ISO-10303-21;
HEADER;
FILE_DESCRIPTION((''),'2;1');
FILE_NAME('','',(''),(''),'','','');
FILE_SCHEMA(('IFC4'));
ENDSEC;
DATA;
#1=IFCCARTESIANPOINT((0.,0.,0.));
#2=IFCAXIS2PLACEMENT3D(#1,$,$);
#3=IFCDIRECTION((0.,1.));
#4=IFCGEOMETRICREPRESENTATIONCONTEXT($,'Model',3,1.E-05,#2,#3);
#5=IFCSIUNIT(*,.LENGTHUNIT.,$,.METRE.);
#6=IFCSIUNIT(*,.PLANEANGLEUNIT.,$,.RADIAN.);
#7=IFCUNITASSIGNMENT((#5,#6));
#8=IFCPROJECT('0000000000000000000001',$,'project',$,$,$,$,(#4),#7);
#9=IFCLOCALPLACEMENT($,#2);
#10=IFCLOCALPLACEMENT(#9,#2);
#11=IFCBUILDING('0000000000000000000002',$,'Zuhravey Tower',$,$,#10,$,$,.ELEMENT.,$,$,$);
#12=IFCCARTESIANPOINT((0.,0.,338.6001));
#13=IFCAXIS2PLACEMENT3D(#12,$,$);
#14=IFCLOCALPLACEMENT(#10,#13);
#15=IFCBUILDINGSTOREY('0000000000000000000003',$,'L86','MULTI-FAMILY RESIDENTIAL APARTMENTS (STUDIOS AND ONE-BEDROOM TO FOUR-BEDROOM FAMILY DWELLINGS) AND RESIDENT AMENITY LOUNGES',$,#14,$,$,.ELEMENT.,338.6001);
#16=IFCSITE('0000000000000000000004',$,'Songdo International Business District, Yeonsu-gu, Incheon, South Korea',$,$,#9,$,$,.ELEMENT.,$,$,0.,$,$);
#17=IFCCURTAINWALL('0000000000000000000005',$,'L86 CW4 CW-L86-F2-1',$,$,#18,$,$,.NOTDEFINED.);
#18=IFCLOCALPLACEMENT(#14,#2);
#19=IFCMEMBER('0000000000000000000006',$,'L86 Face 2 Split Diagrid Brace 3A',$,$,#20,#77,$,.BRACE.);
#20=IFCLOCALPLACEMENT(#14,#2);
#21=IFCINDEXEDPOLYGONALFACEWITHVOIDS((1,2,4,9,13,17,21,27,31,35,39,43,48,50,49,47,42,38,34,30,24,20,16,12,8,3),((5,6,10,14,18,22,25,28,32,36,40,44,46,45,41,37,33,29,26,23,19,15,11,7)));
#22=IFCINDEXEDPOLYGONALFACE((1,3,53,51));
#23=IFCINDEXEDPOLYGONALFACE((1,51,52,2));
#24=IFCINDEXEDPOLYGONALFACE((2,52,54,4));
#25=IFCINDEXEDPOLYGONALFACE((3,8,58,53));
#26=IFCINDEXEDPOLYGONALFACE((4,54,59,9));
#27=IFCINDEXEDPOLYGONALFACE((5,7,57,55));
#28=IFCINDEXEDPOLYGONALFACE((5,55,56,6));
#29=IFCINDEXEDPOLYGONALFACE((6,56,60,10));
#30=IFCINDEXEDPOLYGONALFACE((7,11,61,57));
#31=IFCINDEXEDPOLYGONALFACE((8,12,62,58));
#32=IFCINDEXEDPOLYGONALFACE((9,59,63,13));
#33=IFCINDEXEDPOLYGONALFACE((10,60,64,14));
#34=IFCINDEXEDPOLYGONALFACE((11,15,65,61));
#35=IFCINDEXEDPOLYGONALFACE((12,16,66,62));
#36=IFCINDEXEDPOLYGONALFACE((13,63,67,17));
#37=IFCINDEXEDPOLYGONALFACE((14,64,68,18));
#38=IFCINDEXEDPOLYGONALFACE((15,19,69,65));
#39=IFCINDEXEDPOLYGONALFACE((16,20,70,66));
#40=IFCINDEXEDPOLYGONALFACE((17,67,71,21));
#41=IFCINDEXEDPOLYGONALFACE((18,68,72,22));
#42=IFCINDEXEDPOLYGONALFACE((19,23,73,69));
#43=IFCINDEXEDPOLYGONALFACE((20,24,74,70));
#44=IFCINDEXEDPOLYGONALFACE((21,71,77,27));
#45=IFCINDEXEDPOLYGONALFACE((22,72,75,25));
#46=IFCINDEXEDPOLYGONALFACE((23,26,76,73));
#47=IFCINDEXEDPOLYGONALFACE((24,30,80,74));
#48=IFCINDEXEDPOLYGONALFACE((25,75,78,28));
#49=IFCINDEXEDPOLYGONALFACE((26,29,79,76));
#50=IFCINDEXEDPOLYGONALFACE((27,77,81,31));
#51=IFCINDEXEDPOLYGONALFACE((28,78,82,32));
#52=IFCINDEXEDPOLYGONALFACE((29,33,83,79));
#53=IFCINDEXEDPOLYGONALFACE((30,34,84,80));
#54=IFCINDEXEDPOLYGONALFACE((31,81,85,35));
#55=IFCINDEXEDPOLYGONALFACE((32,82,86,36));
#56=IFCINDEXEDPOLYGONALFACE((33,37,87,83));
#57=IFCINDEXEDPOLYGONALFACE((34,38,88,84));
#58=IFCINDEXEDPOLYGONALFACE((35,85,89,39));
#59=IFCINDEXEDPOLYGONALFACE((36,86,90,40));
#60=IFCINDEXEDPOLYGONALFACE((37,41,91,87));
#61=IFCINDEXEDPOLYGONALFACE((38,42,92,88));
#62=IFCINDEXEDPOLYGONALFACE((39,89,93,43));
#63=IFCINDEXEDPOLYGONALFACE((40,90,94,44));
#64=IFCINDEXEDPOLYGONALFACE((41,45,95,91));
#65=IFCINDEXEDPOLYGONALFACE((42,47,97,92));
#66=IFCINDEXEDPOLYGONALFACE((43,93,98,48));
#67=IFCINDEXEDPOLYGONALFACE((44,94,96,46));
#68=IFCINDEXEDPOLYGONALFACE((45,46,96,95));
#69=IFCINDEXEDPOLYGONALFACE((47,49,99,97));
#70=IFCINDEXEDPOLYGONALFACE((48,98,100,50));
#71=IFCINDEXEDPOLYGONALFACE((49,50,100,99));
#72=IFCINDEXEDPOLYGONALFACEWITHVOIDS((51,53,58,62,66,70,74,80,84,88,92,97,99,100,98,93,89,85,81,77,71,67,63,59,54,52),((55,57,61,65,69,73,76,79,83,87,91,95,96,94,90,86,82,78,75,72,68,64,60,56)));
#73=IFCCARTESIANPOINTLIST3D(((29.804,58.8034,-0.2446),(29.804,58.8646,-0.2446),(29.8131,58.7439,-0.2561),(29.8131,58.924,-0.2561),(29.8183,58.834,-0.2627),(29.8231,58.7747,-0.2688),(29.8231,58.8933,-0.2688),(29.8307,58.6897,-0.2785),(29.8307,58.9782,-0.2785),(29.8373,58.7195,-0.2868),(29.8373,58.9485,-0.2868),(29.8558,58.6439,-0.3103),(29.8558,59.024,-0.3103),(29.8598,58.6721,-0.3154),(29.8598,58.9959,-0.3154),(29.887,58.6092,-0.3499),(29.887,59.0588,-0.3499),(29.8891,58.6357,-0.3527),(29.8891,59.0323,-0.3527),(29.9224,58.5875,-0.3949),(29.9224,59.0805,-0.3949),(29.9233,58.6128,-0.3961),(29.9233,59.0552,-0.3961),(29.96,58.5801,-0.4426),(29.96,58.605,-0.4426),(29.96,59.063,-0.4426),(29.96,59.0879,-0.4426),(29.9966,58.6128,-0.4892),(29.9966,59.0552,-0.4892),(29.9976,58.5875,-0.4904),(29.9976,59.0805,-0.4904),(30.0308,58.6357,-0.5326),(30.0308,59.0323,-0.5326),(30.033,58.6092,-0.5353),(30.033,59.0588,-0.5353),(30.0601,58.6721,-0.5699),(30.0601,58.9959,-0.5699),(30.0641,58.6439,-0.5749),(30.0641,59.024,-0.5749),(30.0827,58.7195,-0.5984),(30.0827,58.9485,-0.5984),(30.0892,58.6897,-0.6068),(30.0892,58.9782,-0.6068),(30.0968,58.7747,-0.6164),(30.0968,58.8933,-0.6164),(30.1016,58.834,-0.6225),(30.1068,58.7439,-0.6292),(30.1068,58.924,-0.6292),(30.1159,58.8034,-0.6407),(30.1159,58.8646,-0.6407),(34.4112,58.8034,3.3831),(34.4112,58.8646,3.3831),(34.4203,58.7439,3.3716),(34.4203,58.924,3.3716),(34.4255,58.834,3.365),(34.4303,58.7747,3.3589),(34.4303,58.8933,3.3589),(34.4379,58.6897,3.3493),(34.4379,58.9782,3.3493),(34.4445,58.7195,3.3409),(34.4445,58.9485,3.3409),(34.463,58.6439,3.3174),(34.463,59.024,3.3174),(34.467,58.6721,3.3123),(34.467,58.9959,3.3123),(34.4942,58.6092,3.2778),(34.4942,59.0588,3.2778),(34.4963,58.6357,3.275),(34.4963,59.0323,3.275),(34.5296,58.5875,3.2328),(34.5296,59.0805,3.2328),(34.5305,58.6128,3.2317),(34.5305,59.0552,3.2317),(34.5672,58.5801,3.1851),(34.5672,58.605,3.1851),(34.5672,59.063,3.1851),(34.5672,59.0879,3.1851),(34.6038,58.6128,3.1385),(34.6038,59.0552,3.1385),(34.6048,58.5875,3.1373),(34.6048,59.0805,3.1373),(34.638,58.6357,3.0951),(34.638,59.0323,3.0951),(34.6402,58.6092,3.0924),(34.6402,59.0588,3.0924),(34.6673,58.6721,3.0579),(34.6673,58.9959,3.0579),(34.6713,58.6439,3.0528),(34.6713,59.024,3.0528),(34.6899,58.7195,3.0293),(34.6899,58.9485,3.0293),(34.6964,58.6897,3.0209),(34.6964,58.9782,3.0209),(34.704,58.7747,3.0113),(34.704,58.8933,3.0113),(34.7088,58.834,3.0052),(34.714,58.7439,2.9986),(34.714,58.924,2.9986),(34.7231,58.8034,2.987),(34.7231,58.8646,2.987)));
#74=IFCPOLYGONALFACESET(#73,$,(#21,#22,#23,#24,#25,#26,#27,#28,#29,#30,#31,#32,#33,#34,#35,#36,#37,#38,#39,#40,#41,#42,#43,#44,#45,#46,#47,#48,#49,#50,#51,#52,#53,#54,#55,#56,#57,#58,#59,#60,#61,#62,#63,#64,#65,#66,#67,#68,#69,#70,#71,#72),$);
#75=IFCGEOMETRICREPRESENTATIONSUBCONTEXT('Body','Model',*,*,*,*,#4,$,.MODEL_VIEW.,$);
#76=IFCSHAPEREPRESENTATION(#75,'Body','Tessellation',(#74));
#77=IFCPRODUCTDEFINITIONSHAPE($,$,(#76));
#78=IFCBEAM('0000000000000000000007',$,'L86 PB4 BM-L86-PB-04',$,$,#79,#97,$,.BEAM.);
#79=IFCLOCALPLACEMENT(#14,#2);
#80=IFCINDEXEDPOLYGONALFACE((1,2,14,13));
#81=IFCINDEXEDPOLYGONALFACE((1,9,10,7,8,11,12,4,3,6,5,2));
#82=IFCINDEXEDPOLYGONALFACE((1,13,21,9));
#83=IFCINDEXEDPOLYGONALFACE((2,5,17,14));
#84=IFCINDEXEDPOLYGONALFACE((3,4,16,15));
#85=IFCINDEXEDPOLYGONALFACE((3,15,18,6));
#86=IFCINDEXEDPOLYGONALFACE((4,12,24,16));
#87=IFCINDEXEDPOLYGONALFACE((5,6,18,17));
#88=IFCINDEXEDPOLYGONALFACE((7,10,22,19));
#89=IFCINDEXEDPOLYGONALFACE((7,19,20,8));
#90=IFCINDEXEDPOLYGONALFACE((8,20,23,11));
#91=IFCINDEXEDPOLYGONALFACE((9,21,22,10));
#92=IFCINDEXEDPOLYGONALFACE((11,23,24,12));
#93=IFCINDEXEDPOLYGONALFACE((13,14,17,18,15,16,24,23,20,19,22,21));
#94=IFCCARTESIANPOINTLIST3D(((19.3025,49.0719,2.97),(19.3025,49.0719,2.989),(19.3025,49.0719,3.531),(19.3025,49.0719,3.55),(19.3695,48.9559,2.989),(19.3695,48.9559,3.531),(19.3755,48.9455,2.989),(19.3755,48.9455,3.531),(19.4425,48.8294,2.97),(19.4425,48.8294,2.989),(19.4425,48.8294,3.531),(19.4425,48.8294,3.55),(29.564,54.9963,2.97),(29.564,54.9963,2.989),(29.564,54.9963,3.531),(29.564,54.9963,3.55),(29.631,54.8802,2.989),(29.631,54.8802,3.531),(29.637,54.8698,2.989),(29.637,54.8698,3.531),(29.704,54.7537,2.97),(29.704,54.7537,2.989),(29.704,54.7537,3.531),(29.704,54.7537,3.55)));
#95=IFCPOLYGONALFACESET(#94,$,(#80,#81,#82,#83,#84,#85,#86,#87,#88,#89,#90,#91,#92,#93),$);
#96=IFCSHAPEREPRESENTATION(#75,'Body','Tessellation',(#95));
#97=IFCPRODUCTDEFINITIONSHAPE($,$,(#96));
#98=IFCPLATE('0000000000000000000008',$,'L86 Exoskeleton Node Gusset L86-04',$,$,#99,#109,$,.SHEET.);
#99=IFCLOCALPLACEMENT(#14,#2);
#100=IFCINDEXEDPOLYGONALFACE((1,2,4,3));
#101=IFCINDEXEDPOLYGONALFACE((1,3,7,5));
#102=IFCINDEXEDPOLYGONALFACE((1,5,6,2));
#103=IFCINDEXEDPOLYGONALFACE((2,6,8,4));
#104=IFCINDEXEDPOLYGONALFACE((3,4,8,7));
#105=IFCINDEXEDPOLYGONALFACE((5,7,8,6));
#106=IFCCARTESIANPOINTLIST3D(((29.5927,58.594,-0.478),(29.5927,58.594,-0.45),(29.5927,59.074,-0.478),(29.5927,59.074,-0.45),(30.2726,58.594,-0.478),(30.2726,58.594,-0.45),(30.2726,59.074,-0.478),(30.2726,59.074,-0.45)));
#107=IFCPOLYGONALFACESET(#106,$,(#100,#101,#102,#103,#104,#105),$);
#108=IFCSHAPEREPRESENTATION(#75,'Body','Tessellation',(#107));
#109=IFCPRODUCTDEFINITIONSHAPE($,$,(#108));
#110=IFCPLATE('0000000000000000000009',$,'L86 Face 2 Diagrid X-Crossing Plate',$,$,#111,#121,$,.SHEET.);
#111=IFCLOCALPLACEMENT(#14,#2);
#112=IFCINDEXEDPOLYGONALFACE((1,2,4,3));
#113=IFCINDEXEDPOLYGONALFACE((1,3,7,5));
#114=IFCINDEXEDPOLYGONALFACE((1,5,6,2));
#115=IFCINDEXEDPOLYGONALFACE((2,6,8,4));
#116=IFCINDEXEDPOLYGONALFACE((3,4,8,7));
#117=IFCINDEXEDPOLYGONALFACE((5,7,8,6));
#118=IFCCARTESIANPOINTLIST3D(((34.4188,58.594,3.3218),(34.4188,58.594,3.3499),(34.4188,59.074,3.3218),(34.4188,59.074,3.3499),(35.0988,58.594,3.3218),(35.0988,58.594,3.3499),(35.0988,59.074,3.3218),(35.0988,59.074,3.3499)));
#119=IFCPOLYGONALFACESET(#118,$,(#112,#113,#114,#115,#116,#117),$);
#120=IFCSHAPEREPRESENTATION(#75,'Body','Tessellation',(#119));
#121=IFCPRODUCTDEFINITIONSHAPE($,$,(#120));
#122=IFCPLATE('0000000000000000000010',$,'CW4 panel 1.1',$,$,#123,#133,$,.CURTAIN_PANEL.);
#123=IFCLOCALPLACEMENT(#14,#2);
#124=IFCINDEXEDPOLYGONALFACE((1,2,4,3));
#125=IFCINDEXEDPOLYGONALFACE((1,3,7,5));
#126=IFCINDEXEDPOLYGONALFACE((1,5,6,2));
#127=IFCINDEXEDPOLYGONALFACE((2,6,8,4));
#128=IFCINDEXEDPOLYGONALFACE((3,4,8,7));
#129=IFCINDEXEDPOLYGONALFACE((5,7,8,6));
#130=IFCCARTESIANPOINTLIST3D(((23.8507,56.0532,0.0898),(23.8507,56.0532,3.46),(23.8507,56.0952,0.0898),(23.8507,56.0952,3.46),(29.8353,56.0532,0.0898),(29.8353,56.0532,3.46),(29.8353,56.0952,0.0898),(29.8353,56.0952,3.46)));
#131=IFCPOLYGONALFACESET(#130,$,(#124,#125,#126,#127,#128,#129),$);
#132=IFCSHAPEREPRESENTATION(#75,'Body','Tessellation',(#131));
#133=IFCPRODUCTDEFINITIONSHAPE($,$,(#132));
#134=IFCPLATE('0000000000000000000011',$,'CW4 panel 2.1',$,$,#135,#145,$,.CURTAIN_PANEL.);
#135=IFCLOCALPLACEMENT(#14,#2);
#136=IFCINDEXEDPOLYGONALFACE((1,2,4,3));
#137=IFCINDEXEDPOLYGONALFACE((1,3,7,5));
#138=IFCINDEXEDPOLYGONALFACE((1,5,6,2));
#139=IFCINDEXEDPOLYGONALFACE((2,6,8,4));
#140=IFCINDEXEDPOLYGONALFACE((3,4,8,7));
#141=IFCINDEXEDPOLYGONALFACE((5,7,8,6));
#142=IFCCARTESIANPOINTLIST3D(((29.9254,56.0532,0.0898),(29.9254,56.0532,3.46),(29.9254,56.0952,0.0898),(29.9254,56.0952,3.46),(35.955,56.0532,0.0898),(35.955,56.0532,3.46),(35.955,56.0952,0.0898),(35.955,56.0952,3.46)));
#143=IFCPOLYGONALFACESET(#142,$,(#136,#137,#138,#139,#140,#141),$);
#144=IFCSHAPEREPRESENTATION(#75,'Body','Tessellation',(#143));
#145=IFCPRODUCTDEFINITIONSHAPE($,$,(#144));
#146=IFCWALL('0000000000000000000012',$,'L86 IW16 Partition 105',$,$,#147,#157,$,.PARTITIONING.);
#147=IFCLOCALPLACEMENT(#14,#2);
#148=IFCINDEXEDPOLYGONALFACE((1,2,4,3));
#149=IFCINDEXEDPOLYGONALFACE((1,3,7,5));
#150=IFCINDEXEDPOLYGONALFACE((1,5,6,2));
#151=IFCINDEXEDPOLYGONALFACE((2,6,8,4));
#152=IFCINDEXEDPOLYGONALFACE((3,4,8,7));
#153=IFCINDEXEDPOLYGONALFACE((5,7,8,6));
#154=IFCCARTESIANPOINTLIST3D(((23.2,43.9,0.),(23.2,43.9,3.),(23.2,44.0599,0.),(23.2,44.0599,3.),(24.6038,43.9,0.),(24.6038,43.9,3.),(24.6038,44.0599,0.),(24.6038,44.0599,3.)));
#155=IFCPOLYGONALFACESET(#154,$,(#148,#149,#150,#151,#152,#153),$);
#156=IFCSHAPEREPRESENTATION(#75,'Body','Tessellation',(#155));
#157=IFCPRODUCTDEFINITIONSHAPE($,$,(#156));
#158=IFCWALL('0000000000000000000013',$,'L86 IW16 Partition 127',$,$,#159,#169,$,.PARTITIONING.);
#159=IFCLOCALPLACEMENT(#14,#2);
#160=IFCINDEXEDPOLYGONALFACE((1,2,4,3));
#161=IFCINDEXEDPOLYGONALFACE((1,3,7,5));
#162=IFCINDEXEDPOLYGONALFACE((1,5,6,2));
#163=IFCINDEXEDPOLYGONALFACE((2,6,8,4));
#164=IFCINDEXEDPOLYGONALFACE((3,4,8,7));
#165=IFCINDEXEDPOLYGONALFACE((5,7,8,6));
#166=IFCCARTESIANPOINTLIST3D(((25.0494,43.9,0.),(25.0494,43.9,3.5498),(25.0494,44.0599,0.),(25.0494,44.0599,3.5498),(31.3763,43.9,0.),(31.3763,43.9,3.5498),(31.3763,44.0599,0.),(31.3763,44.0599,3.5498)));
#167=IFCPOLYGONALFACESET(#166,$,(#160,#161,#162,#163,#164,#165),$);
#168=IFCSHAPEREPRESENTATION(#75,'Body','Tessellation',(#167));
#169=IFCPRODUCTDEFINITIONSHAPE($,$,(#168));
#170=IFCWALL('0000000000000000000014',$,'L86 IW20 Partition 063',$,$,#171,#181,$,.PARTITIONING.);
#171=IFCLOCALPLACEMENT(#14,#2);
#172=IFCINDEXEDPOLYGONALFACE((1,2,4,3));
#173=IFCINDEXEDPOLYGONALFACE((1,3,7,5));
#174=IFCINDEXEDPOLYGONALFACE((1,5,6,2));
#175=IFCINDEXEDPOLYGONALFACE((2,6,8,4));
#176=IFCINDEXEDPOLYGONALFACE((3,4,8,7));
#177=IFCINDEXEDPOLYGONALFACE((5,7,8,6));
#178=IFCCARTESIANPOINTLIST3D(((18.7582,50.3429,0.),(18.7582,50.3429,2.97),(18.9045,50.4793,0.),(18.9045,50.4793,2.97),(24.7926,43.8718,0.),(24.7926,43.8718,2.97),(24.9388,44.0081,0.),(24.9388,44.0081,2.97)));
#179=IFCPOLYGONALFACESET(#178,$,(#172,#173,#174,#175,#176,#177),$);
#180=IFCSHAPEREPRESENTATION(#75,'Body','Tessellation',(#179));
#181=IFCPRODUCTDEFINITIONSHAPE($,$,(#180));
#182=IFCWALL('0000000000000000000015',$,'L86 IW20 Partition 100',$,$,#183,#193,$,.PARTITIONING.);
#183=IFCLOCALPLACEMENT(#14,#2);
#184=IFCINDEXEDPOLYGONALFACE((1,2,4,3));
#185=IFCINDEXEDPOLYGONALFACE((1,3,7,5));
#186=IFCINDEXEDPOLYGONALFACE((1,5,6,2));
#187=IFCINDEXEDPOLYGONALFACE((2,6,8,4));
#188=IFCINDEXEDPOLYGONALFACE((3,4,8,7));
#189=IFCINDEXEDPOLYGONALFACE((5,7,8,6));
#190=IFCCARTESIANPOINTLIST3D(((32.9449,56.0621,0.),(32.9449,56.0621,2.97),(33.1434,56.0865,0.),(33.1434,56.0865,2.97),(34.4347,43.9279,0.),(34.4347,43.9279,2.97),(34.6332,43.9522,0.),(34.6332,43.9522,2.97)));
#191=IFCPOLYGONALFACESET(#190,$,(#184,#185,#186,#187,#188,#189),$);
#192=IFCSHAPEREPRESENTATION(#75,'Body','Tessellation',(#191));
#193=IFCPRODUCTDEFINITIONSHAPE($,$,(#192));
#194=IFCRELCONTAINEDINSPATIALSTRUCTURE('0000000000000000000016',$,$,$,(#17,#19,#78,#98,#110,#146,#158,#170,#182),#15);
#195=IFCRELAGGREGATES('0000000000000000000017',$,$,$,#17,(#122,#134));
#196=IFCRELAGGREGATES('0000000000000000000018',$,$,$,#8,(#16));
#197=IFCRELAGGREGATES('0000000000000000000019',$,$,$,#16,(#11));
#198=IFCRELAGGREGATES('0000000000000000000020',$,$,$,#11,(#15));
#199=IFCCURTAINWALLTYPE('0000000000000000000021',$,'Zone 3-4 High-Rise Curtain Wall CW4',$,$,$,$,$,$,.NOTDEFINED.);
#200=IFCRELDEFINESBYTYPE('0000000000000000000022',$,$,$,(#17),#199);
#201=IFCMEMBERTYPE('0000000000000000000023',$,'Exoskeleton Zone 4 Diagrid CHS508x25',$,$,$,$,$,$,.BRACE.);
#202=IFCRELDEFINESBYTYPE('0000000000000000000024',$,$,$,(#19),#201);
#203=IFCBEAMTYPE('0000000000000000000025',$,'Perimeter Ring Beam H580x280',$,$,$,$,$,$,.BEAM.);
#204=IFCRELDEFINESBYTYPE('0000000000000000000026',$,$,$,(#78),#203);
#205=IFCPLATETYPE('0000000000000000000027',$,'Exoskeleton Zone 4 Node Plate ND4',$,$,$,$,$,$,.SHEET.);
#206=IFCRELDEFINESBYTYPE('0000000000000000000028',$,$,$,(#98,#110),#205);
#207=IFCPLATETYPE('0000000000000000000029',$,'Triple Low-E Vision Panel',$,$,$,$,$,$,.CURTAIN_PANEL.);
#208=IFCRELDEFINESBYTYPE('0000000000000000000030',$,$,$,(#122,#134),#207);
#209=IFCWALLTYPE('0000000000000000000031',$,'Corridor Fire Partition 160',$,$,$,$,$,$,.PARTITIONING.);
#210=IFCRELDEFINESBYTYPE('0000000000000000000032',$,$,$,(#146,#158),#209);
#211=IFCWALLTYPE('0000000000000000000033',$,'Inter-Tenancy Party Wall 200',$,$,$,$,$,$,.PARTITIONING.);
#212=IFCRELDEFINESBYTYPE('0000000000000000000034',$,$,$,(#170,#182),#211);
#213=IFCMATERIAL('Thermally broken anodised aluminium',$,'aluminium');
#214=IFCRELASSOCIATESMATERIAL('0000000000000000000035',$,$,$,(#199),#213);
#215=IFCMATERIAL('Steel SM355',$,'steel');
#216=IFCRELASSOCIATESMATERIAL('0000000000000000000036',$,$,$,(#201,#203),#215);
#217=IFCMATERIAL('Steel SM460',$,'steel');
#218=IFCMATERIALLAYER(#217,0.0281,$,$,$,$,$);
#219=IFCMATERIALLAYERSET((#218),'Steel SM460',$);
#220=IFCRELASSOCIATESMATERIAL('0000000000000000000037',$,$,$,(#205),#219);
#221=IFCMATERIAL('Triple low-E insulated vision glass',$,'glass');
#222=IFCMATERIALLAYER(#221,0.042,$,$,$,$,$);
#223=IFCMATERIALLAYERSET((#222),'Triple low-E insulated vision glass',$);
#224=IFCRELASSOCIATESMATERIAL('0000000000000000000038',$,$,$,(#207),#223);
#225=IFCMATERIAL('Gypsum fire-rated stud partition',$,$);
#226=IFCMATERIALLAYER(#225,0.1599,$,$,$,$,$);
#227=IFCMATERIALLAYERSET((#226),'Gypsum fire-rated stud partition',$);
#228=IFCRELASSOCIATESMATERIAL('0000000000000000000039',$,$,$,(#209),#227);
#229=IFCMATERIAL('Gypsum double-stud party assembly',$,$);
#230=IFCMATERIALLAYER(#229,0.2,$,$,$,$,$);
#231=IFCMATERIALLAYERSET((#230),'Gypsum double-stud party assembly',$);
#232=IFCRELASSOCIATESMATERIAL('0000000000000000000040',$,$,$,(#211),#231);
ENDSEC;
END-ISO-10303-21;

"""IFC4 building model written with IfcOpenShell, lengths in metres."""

from ifc_helpers import new_model, si_unit, direction, frame, frame_2d, origin, origin_2d, place, context, subcontext, project, spatial, rectangle, hollow_circle, i_section, extrude, material, layer, layer_set, material_profile, profile_set, type_object, element, aggregate, save


model = new_model("IFC4")

# Units and contexts
model_context = context("Model", 3, precision=1e-05, world=origin(), true_north=direction((0.0, 1.0)))
body_context = subcontext(model_context, "Body", "Model", "MODEL_VIEW")
ifc_project = project(units=[si_unit("LENGTHUNIT", "METRE"), si_unit("PLANEANGLEUNIT", "RADIAN")], contexts=[model_context])

# Site, building, storey
site_placement = place(None, origin())
site = spatial("IfcSite", under=ifc_project, at=site_placement, Name="Songdo International Business District, Yeonsu-gu, Incheon, South Korea", CompositionType="ELEMENT", RefElevation=0.0)
building_placement = place(site_placement, origin())
building = spatial("IfcBuilding", under=site, at=building_placement, Name="Zuhravey Tower", CompositionType="ELEMENT")
storey_placement = place(building_placement, frame((0.0, 0.0, 338.6001)))
storey = spatial("IfcBuildingStorey", under=building, at=storey_placement, Name="L86", Description="MULTI-FAMILY RESIDENTIAL APARTMENTS (STUDIOS AND ONE-BEDROOM TO FOUR-BEDROOM FAMILY DWELLINGS) AND RESIDENT AMENITY LOUNGES", CompositionType="ELEMENT", Elevation=338.6001)

# Curtain wall
ifc_material_1 = material(Name="Thermally broken anodised aluminium", Category="aluminium")
curtain_wall_type = type_object("IfcCurtainWallType", Name="Zone 3-4 High-Rise Curtain Wall CW4", PredefinedType="NOTDEFINED", material=ifc_material_1)
curtain_wall_placement = place(storey_placement, origin())
curtain_wall = element("IfcCurtainWall", 1, at=curtain_wall_placement, inside=storey, type_object=curtain_wall_type, Name="L86 CW4 CW-L86-F2-1", PredefinedType="NOTDEFINED")

# Member
ifc_material_2 = material(Name="Steel SM355", Category="steel")
ifc_material_profile_1 = material_profile(ifc_material_2, hollow_circle(Radius=0.2539, WallThickness=0.0249, at=origin_2d()), Name="CHS-508.0x25")
ifc_profile_set_1 = profile_set([ifc_material_profile_1], Name="Steel SM355")
member_type_1 = type_object("IfcMemberType", Name="Exoskeleton Zone 4 Diagrid CHS508x25", PredefinedType="BRACE", material=ifc_profile_set_1)
member_1_placement = place(storey_placement, frame((29.96, 58.834, -0.4426), z_axis=(0.785675, 0.0, 0.618639), x_axis=(0.0, 1.0, 0.0)))
element("IfcMember", 2, at=member_1_placement, inside=storey, type_object=member_type_1, Name="L86 Face 2 Split Diagrid Brace 3A", PredefinedType="BRACE", context=body_context, shape_type="SweptSolid", body=[
    extrude(hollow_circle(Radius=0.2539, WallThickness=0.0249, at=origin_2d()), origin(), (0.0, 0.0, 1.0), 5.864),
])

# Beam
ifc_material_profile_2 = material_profile(ifc_material_2, i_section(OverallWidth=0.28, OverallDepth=0.5801, WebThickness=0.012, FlangeThickness=0.019, at=origin_2d()), Name="H-580x280x12x19")
ifc_profile_set_2 = profile_set([ifc_material_profile_2], Name="Steel SM355")
beam_type = type_object("IfcBeamType", Name="Perimeter Ring Beam H580x280", PredefinedType="BEAM", material=ifc_profile_set_2)
beam_placement = place(storey_placement, frame((29.634, 54.875, 3.26), z_axis=(-0.866031, -0.499991, 0.0), x_axis=(0.499991, -0.866031, 0.0)))
element("IfcBeam", 3, at=beam_placement, inside=storey, type_object=beam_type, Name="L86 PB4 BM-L86-PB-04", PredefinedType="BEAM", context=body_context, shape_type="SweptSolid", body=[
    extrude(i_section(OverallWidth=0.28, OverallDepth=0.5801, WebThickness=0.012, FlangeThickness=0.019, at=origin_2d()), origin(), (0.0, 0.0, 1.0), 11.8489),
])

# Plates
ifc_material_3 = material(Name="Steel SM460", Category="steel")
ifc_layer_1 = layer(ifc_material_3, 0.0281)
ifc_layer_set_1 = layer_set([ifc_layer_1], Name="Steel SM460")
plate_type_1 = type_object("IfcPlateType", Name="Exoskeleton Zone 4 Node Plate ND4", PredefinedType="SHEET", material=ifc_layer_set_1)
for number, where, z_axis, x_axis, name in (
    (4, (29.9326, 58.834, -0.478), (0.0, 0.0, 1.0), (-1.0, 0.0, 0.0), "L86 Exoskeleton Node Gusset L86-04"),
    (5, (34.7588, 58.834, 3.3218), (0.0, 0.0, 1.0), (-1.0, 0.0, 0.0), "L86 Face 2 Diagrid X-Crossing Plate"),
):
    element("IfcPlate", number, at=place(storey_placement, frame(where, z_axis=z_axis, x_axis=x_axis)), inside=storey, type_object=plate_type_1, Name=name, PredefinedType="SHEET", context=body_context, shape_type="SweptSolid", body=[
        extrude(rectangle(XDim=0.6799, YDim=0.48, at=origin_2d()), origin(), (0.0, 0.0, 1.0), 0.0281),
    ])

# Plates
ifc_material_4 = material(Name="Triple low-E insulated vision glass", Category="glass")
ifc_layer_2 = layer(ifc_material_4, 0.042)
ifc_layer_set_2 = layer_set([ifc_layer_2], Name="Triple low-E insulated vision glass")
plate_type_2 = type_object("IfcPlateType", Name="Triple Low-E Vision Panel", PredefinedType="CURTAIN_PANEL", material=ifc_layer_set_2)
plate_1_placement = place(storey_placement, frame((26.843, 56.0742, 0.0898), z_axis=(0.0, 0.0, 1.0), x_axis=(1.0, 0.0, 0.0)))
plate_1 = element("IfcPlate", 6, at=plate_1_placement, type_object=plate_type_2, Name="CW4 panel 1.1", PredefinedType="CURTAIN_PANEL", context=body_context, shape_type="SweptSolid", body=[
    extrude(rectangle(XDim=5.9846, YDim=0.042, at=origin_2d()), origin(), (0.0, 0.0, 1.0), 3.3701),
])
plate_2_placement = place(storey_placement, frame((32.9402, 56.0742, 0.0898), z_axis=(0.0, 0.0, 1.0), x_axis=(1.0, 0.0, 0.0)))
plate_2 = element("IfcPlate", 7, at=plate_2_placement, type_object=plate_type_2, Name="CW4 panel 2.1", PredefinedType="CURTAIN_PANEL", context=body_context, shape_type="SweptSolid", body=[
    extrude(rectangle(XDim=6.0295, YDim=0.042, at=origin_2d()), origin(), (0.0, 0.0, 1.0), 3.3701),
])
aggregate(curtain_wall, [plate_1, plate_2])

# Shared definitions
ifc_material_5 = material(Name="Gypsum fire-rated stud partition")
ifc_layer_3 = layer(ifc_material_5, 0.1599)
ifc_layer_set_3 = layer_set([ifc_layer_3], Name="Gypsum fire-rated stud partition")
wall_type_1 = type_object("IfcWallType", Name="Corridor Fire Partition 160", PredefinedType="PARTITIONING", material=ifc_layer_set_3)

# Walls
wall_1_placement = place(storey_placement, frame((24.6038, 43.98, 0.0), z_axis=(0.0, 0.0, 1.0), x_axis=(-1.0, 0.0, 0.0)))
element("IfcWall", 8, at=wall_1_placement, inside=storey, type_object=wall_type_1, Name="L86 IW16 Partition 105", PredefinedType="PARTITIONING", context=body_context, shape_type="SweptSolid", body=[
    extrude(rectangle(XDim=1.4038, YDim=0.1599, at=frame_2d((0.7019, 0.0))), origin(), (0.0, 0.0, 1.0), 3.0),
])
wall_2_placement = place(storey_placement, frame((31.3765, 43.98, 0.0), z_axis=(0.0, 0.0, 1.0), x_axis=(-1.0, 0.0, 0.0)))
element("IfcWall", 9, at=wall_2_placement, inside=storey, type_object=wall_type_1, Name="L86 IW16 Partition 127", PredefinedType="PARTITIONING", context=body_context, shape_type="SweptSolid", body=[
    extrude(rectangle(XDim=6.3269, YDim=0.1599, at=frame_2d((3.1636, 0.0))), origin(), (0.0, 0.0, 1.0), 3.5498),
])
ifc_material_6 = material(Name="Gypsum double-stud party assembly")
ifc_layer_4 = layer(ifc_material_6, 0.2)
ifc_layer_set_4 = layer_set([ifc_layer_4], Name="Gypsum double-stud party assembly")
wall_type_2 = type_object("IfcWallType", Name="Inter-Tenancy Party Wall 200", PredefinedType="PARTITIONING", material=ifc_layer_set_4)
wall_3_placement = place(storey_placement, frame((24.8657, 43.9399, 0.0), z_axis=(0.0, 0.0, 1.0), x_axis=(-0.681995, 0.731357, 0.0)))
element("IfcWall", 10, at=wall_3_placement, inside=storey, type_object=wall_type_2, Name="L86 IW20 Partition 063", PredefinedType="PARTITIONING", context=body_context, shape_type="SweptSolid", body=[
    extrude(rectangle(XDim=8.8481, YDim=0.2, at=frame_2d((4.4241, 0.0))), origin(), (0.0, 0.0, 1.0), 2.97),
])
wall_4_placement = place(storey_placement, frame((34.5339, 43.9399, 0.0), z_axis=(0.0, 0.0, 1.0), x_axis=(-0.121857, 0.992548, 0.0)))
element("IfcWall", 11, at=wall_4_placement, inside=storey, type_object=wall_type_2, Name="L86 IW20 Partition 100", PredefinedType="PARTITIONING", context=body_context, shape_type="SweptSolid", body=[
    extrude(rectangle(XDim=12.2253, YDim=0.2, at=frame_2d((6.1128, 0.0))), origin(), (0.0, 0.0, 1.0), 2.97),
])

save(model, "model.ifc")
